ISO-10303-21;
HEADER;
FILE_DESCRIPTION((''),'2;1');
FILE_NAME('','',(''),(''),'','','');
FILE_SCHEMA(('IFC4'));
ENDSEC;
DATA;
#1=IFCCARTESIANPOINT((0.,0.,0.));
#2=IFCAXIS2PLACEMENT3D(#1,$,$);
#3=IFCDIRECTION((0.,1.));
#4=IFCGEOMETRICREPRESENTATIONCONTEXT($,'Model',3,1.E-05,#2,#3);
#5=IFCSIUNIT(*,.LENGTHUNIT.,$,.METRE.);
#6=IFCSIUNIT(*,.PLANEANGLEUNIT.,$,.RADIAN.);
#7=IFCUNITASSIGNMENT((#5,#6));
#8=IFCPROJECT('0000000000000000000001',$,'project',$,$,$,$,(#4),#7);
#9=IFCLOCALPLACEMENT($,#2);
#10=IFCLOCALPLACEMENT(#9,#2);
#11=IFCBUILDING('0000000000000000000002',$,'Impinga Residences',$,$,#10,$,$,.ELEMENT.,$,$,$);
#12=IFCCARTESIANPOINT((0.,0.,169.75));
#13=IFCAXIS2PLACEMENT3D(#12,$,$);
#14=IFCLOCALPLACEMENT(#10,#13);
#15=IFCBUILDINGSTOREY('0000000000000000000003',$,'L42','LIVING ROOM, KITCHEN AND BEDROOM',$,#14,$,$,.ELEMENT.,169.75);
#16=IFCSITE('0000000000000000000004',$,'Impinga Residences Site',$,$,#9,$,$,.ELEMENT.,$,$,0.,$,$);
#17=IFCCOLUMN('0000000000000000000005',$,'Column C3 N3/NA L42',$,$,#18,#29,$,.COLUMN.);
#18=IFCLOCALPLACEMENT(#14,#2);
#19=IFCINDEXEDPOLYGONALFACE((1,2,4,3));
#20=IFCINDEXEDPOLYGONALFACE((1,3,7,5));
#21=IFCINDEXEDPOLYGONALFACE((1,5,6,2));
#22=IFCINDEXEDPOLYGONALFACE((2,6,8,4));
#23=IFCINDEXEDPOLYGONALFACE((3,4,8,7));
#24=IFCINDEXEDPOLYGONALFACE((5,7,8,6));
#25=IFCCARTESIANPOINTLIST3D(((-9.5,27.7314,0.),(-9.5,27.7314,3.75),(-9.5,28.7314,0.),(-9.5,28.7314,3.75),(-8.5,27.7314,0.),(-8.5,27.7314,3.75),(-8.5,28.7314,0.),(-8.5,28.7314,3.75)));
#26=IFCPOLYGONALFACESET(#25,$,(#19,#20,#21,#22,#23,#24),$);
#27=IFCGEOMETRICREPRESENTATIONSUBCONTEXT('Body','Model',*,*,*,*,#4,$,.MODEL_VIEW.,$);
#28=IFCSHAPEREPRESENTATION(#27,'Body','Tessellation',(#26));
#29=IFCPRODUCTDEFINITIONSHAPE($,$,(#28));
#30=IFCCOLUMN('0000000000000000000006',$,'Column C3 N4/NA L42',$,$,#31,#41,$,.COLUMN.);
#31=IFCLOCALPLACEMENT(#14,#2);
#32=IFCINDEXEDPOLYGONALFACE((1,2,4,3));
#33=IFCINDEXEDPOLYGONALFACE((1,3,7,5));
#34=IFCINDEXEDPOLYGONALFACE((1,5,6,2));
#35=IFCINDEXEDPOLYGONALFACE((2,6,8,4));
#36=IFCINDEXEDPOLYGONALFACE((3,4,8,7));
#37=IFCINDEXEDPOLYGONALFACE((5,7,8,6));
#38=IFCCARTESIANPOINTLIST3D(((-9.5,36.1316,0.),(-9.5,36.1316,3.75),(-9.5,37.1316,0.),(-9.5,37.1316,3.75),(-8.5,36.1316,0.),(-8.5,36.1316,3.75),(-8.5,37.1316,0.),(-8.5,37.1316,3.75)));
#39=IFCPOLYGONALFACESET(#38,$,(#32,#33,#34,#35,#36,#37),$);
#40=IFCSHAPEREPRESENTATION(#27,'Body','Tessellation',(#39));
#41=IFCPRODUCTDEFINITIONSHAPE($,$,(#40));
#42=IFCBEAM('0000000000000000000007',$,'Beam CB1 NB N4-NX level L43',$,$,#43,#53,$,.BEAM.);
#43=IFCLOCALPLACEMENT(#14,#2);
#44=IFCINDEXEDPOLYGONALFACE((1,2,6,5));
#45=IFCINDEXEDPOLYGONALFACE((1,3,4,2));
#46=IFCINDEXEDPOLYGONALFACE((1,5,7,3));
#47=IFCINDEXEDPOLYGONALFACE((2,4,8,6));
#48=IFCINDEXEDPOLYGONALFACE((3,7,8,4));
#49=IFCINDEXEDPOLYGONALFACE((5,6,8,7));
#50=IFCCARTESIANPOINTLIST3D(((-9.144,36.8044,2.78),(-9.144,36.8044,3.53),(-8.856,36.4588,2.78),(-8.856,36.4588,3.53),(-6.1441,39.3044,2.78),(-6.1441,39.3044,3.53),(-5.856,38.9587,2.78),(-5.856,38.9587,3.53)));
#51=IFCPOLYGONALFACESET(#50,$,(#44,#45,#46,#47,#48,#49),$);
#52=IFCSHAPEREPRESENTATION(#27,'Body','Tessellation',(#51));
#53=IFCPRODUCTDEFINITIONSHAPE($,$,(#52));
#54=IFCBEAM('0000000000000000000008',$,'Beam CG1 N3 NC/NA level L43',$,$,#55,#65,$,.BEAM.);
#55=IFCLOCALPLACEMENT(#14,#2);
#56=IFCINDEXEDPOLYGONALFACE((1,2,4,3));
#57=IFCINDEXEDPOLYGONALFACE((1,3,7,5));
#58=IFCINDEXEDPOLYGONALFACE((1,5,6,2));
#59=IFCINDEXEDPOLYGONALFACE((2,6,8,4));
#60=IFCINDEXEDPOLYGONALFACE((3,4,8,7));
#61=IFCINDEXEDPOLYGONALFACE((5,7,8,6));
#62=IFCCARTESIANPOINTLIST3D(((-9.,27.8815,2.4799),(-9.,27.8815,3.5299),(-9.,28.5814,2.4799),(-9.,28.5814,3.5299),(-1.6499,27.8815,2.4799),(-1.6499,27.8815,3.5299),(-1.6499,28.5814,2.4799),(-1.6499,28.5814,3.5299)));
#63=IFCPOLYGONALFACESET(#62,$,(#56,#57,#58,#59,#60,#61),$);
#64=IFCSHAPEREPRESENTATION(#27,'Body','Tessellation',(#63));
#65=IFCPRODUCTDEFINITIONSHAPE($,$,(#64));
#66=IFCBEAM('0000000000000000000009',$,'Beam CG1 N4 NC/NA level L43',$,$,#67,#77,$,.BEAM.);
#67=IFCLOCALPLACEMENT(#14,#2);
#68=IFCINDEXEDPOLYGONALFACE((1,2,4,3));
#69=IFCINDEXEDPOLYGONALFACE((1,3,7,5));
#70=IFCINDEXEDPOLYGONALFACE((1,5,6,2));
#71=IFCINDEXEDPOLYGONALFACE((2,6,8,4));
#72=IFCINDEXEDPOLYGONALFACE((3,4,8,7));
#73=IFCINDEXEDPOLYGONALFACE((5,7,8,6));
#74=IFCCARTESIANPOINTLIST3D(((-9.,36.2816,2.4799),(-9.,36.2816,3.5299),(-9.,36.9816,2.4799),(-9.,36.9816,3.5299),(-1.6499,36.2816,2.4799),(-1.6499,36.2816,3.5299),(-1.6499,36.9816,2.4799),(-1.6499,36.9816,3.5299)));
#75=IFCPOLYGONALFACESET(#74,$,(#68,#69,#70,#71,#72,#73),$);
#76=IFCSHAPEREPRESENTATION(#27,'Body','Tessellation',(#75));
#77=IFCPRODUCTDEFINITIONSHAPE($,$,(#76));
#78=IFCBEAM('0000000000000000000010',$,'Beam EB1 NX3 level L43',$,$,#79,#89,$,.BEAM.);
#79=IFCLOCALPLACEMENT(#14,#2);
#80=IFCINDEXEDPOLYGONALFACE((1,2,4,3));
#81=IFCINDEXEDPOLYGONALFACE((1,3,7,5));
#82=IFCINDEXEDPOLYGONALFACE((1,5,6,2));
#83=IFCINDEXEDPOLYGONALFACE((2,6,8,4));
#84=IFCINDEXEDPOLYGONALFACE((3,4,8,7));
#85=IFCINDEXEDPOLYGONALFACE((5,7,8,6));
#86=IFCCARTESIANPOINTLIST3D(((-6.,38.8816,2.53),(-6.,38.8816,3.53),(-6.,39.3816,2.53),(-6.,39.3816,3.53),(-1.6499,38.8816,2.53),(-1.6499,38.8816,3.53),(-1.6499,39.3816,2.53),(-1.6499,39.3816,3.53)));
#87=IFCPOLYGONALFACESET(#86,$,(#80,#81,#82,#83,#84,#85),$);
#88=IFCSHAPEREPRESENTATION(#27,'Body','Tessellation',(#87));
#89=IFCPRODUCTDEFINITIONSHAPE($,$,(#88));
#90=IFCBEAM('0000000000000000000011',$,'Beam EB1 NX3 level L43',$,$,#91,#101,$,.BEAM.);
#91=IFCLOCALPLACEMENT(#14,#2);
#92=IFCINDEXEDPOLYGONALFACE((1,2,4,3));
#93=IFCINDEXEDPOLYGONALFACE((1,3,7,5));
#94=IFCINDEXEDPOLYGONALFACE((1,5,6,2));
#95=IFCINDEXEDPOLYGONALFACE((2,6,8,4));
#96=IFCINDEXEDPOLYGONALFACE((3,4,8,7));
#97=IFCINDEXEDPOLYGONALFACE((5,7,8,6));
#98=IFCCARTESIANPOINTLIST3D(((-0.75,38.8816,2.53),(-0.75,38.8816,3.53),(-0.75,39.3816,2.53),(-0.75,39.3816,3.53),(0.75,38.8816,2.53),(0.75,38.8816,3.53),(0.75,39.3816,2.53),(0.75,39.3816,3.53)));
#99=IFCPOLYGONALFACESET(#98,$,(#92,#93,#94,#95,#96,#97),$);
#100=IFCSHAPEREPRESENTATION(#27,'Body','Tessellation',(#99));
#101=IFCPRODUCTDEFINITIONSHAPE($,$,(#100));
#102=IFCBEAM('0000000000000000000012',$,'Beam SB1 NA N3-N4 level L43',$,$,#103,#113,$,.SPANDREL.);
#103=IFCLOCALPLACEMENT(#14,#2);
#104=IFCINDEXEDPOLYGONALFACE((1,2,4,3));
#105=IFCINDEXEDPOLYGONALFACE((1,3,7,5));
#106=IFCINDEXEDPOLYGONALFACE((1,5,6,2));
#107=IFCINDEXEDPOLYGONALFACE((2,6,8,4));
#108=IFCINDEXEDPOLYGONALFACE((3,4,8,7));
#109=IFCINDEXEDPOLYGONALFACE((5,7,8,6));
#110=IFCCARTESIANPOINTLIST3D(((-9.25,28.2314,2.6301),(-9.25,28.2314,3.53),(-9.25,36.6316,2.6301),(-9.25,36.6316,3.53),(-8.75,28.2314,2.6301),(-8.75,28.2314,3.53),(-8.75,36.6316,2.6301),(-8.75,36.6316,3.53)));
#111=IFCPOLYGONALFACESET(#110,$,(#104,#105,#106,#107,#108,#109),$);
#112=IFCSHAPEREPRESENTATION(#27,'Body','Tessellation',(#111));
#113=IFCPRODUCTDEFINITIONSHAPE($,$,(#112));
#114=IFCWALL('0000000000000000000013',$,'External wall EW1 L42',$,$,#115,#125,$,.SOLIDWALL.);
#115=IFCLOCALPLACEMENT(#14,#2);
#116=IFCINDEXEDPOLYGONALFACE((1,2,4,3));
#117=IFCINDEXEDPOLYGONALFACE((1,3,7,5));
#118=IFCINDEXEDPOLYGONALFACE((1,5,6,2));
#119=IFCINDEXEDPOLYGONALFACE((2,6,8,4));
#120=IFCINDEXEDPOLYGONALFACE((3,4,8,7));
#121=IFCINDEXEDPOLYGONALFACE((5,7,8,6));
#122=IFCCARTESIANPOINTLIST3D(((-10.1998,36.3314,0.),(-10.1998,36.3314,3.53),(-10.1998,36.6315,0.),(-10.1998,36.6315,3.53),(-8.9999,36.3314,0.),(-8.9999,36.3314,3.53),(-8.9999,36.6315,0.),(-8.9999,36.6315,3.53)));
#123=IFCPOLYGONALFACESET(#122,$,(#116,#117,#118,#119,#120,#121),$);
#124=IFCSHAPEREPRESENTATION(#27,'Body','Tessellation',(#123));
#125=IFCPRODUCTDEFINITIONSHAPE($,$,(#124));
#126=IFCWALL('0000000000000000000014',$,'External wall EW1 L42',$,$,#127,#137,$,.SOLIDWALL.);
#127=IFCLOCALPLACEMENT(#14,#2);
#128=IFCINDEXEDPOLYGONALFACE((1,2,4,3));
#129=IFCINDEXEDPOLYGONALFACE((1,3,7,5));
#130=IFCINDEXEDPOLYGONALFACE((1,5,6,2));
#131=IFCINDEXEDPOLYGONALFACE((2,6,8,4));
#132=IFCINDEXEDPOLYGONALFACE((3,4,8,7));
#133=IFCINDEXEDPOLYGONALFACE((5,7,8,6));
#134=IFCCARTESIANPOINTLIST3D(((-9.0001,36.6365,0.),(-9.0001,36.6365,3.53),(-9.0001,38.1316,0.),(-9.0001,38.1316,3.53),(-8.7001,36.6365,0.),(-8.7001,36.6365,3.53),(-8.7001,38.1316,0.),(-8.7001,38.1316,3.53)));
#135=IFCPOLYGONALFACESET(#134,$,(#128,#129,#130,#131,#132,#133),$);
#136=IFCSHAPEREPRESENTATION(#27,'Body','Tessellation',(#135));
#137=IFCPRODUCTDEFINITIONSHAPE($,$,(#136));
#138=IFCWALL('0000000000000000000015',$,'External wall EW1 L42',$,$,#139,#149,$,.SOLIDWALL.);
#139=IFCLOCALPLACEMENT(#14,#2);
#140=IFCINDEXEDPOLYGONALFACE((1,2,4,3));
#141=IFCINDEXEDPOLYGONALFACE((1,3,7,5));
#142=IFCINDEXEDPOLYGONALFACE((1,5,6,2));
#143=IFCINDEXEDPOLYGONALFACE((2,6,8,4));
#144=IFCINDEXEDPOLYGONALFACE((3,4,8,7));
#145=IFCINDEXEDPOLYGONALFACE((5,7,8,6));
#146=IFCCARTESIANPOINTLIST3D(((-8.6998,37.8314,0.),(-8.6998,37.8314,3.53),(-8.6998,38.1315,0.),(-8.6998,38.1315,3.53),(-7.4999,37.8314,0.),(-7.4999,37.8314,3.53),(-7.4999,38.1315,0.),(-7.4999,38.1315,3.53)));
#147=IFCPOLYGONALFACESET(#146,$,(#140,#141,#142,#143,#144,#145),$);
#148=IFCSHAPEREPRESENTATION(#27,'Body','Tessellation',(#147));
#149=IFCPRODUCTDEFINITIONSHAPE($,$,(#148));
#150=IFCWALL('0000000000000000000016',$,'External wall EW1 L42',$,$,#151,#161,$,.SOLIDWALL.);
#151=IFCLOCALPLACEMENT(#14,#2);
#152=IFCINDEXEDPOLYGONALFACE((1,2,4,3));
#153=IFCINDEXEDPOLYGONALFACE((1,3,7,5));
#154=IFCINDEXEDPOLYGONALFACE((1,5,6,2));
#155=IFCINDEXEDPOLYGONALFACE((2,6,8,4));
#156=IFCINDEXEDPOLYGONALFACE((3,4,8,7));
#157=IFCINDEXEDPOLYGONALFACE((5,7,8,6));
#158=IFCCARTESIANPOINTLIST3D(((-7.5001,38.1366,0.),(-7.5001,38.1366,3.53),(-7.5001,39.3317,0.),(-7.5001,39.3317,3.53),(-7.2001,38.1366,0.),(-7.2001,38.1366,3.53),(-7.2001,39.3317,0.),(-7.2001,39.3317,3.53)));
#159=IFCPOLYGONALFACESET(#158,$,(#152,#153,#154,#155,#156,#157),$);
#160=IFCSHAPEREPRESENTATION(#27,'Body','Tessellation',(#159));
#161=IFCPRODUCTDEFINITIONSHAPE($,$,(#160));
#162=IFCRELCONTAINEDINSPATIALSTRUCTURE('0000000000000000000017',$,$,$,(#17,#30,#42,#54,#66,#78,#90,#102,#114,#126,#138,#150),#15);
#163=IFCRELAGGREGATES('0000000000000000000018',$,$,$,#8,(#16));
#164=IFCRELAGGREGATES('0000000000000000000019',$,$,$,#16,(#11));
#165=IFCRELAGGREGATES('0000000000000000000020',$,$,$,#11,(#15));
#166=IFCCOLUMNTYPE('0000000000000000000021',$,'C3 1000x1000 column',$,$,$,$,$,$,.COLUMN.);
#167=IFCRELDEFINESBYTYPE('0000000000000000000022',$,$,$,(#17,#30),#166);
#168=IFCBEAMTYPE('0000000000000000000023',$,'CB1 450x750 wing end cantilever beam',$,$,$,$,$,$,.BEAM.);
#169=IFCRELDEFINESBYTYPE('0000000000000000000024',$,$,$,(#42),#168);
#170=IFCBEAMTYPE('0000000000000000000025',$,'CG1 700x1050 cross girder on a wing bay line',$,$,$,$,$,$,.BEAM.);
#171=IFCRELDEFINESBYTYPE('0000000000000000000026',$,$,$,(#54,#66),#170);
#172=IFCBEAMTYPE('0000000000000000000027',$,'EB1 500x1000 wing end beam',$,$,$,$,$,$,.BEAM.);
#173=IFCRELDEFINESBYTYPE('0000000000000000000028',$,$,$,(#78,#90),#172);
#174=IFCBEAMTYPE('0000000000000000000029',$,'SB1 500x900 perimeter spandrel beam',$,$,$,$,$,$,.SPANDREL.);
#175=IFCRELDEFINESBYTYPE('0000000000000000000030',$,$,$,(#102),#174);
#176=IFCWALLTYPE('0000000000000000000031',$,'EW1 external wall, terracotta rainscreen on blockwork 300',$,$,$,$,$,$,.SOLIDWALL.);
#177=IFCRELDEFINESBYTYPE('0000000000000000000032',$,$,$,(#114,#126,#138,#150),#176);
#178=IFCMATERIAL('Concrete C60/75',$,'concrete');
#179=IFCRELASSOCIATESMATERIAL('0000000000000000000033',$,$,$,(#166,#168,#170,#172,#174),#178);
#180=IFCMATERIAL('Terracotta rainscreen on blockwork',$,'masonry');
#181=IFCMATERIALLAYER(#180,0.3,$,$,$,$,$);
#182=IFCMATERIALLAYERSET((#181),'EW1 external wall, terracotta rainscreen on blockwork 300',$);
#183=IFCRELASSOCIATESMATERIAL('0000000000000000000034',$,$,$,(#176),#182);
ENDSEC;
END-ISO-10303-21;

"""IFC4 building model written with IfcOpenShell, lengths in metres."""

from ifc_helpers import new_model, si_unit, direction, frame, frame_2d, origin, origin_2d, place, context, subcontext, project, spatial, rectangle, extrude, material, layer, layer_set, material_profile, profile_set, type_object, element, save


model = new_model("IFC4")

# Units and contexts
model_context = context("Model", 3, precision=1e-05, world=origin(), true_north=direction((0.0, 1.0)))
body_context = subcontext(model_context, "Body", "Model", "MODEL_VIEW")
ifc_project = project(units=[si_unit("LENGTHUNIT", "METRE"), si_unit("PLANEANGLEUNIT", "RADIAN")], contexts=[model_context])

# Site, building, storey
site_placement = place(None, origin())
site = spatial("IfcSite", under=ifc_project, at=site_placement, Name="Impinga Residences Site", CompositionType="ELEMENT", RefElevation=0.0)
building_placement = place(site_placement, origin())
building = spatial("IfcBuilding", under=site, at=building_placement, Name="Impinga Residences", CompositionType="ELEMENT")
storey_placement = place(building_placement, frame((0.0, 0.0, 169.75)))
storey = spatial("IfcBuildingStorey", under=building, at=storey_placement, Name="L42", Description="LIVING ROOM, KITCHEN AND BEDROOM", CompositionType="ELEMENT", Elevation=169.75)

# Columns
ifc_material_1 = material(Name="Concrete C60/75", Category="concrete")
ifc_material_profile_1 = material_profile(ifc_material_1, rectangle(XDim=1.0, YDim=1.0, at=origin_2d()), Name="RC 1000x1000")
ifc_profile_set_1 = profile_set([ifc_material_profile_1], Name="Concrete C60/75")
column_type = type_object("IfcColumnType", Name="C3 1000x1000 column", PredefinedType="COLUMN", material=ifc_profile_set_1)
for number, where, z_axis, x_axis, name in (
    (1, (-9.0, 28.2314, 0.0), (0.0, 0.0, 1.0), (1.0, 0.0, 0.0), "Column C3 N3/NA L42"),
    (2, (-9.0, 36.6316, 0.0), (0.0, 0.0, 1.0), (1.0, 0.0, 0.0), "Column C3 N4/NA L42"),
):
    element("IfcColumn", number, at=place(storey_placement, frame(where, z_axis=z_axis, x_axis=x_axis)), inside=storey, type_object=column_type, Name=name, PredefinedType="COLUMN", context=body_context, shape_type="SweptSolid", body=[
        extrude(rectangle(XDim=1.0, YDim=1.0, at=origin_2d()), origin(), (0.0, 0.0, 1.0), 3.75),
    ])

# Beams
ifc_material_profile_2 = material_profile(ifc_material_1, rectangle(XDim=0.45, YDim=0.75, at=origin_2d()), Name="RC 450x750")
ifc_profile_set_2 = profile_set([ifc_material_profile_2], Name="Concrete C60/75")
beam_type_1 = type_object("IfcBeamType", Name="CB1 450x750 wing end cantilever beam", PredefinedType="BEAM", material=ifc_profile_set_2)
beam_1_placement = place(storey_placement, frame((-9.0, 36.6316, 3.155), z_axis=(0.768221, 0.640184, 0.0), x_axis=(-0.640184, 0.768221, 0.0)))
element("IfcBeam", 3, at=beam_1_placement, inside=storey, type_object=beam_type_1, Name="Beam CB1 NB N4-NX level L43", PredefinedType="BEAM", context=body_context, shape_type="SweptSolid", body=[
    extrude(rectangle(XDim=0.45, YDim=0.75, at=origin_2d()), origin(), (0.0, 0.0, 1.0), 3.905),
])
ifc_material_profile_3 = material_profile(ifc_material_1, rectangle(XDim=0.7, YDim=1.05, at=origin_2d()), Name="RC 700x1050")
ifc_profile_set_3 = profile_set([ifc_material_profile_3], Name="Concrete C60/75")
beam_type_2 = type_object("IfcBeamType", Name="CG1 700x1050 cross girder on a wing bay line", PredefinedType="BEAM", material=ifc_profile_set_3)
for number, where, z_axis, x_axis, name in (
    (4, (-1.6499, 28.2314, 3.0049), (-1.0, 0.0, 0.0), (0.0, -1.0, 0.0), "Beam CG1 N3 NC/NA level L43"),
    (5, (-1.6499, 36.6316, 3.0049), (-1.0, 0.0, 0.0), (0.0, -1.0, 0.0), "Beam CG1 N4 NC/NA level L43"),
):
    element("IfcBeam", number, at=place(storey_placement, frame(where, z_axis=z_axis, x_axis=x_axis)), inside=storey, type_object=beam_type_2, Name=name, PredefinedType="BEAM", context=body_context, shape_type="SweptSolid", body=[
        extrude(rectangle(XDim=0.7, YDim=1.05, at=origin_2d()), origin(), (0.0, 0.0, 1.0), 7.3501),
    ])
ifc_material_profile_4 = material_profile(ifc_material_1, rectangle(XDim=0.5, YDim=1.0, at=origin_2d()), Name="RC 500x1000")
ifc_profile_set_4 = profile_set([ifc_material_profile_4], Name="Concrete C60/75")
beam_type_3 = type_object("IfcBeamType", Name="EB1 500x1000 wing end beam", PredefinedType="BEAM", material=ifc_profile_set_4)
beam_2_placement = place(storey_placement, frame((-6.0, 39.1316, 3.03), z_axis=(1.0, 0.0, 0.0), x_axis=(0.0, 1.0, 0.0)))
element("IfcBeam", 6, at=beam_2_placement, inside=storey, type_object=beam_type_3, Name="Beam EB1 NX3 level L43", PredefinedType="BEAM", context=body_context, shape_type="SweptSolid", body=[
    extrude(rectangle(XDim=0.5, YDim=1.0, at=origin_2d()), origin(), (0.0, 0.0, 1.0), 4.3501),
])
beam_3_placement = place(storey_placement, frame((-0.75, 39.1316, 3.03), z_axis=(1.0, 0.0, 0.0), x_axis=(0.0, 1.0, 0.0)))
element("IfcBeam", 7, at=beam_3_placement, inside=storey, type_object=beam_type_3, Name="Beam EB1 NX3 level L43", PredefinedType="BEAM", context=body_context, shape_type="SweptSolid", body=[
    extrude(rectangle(XDim=0.5, YDim=1.0, at=origin_2d()), origin(), (0.0, 0.0, 1.0), 1.5),
])
ifc_material_profile_5 = material_profile(ifc_material_1, rectangle(XDim=0.5, YDim=0.8999, at=origin_2d()), Name="RC 500x900")
ifc_profile_set_5 = profile_set([ifc_material_profile_5], Name="Concrete C60/75")
beam_type_4 = type_object("IfcBeamType", Name="SB1 500x900 perimeter spandrel beam", PredefinedType="SPANDREL", material=ifc_profile_set_5)
beam_4_placement = place(storey_placement, frame((-9.0, 28.2314, 3.0801), z_axis=(0.0, 1.0, 0.0), x_axis=(-1.0, 0.0, 0.0)))
element("IfcBeam", 8, at=beam_4_placement, inside=storey, type_object=beam_type_4, Name="Beam SB1 NA N3-N4 level L43", PredefinedType="SPANDREL", context=body_context, shape_type="SweptSolid", body=[
    extrude(rectangle(XDim=0.5, YDim=0.8999, at=origin_2d()), origin(), (0.0, 0.0, 1.0), 8.4001),
])

# Walls
ifc_material_2 = material(Name="Terracotta rainscreen on blockwork", Category="masonry")
ifc_layer_1 = layer(ifc_material_2, 0.3)
ifc_layer_set_1 = layer_set([ifc_layer_1], Name="EW1 external wall, terracotta rainscreen on blockwork 300")
wall_type_1 = type_object("IfcWallType", Name="EW1 external wall, terracotta rainscreen on blockwork 300", PredefinedType="SOLIDWALL", material=ifc_layer_set_1)
wall_1_placement = place(storey_placement, frame((-10.2, 36.4814, 0.0), z_axis=(0.0, 0.0, 1.0), x_axis=(1.0, 0.0, 0.0)))
element("IfcWall", 9, at=wall_1_placement, inside=storey, type_object=wall_type_1, Name="External wall EW1 L42", PredefinedType="SOLIDWALL", context=body_context, shape_type="SweptSolid", body=[
    extrude(rectangle(XDim=1.2, YDim=0.3, at=frame_2d((0.6001, 0.0))), origin(), (0.0, 0.0, 1.0), 3.53),
])
wall_2_placement = place(storey_placement, frame((-8.8501, 36.6365, 0.0), z_axis=(0.0, 0.0, 1.0), x_axis=(0.0, 1.0, 0.0)))
element("IfcWall", 10, at=wall_2_placement, inside=storey, type_object=wall_type_1, Name="External wall EW1 L42", PredefinedType="SOLIDWALL", context=body_context, shape_type="SweptSolid", body=[
    extrude(rectangle(XDim=1.4951, YDim=0.3, at=frame_2d((0.7476, 0.0))), origin(), (0.0, 0.0, 1.0), 3.53),
])
wall_3_placement = place(storey_placement, frame((-8.7, 37.9814, 0.0), z_axis=(0.0, 0.0, 1.0), x_axis=(1.0, 0.0, 0.0)))
element("IfcWall", 11, at=wall_3_placement, inside=storey, type_object=wall_type_1, Name="External wall EW1 L42", PredefinedType="SOLIDWALL", context=body_context, shape_type="SweptSolid", body=[
    extrude(rectangle(XDim=1.2, YDim=0.3, at=frame_2d((0.6001, 0.0))), origin(), (0.0, 0.0, 1.0), 3.53),
])
wall_4_placement = place(storey_placement, frame((-7.3501, 38.1365, 0.0), z_axis=(0.0, 0.0, 1.0), x_axis=(0.0, 1.0, 0.0)))
element("IfcWall", 12, at=wall_4_placement, inside=storey, type_object=wall_type_1, Name="External wall EW1 L42", PredefinedType="SOLIDWALL", context=body_context, shape_type="SweptSolid", body=[
    extrude(rectangle(XDim=1.1951, YDim=0.3, at=frame_2d((0.5977, 0.0))), origin(), (0.0, 0.0, 1.0), 3.53),
])

save(model, "model.ifc")
